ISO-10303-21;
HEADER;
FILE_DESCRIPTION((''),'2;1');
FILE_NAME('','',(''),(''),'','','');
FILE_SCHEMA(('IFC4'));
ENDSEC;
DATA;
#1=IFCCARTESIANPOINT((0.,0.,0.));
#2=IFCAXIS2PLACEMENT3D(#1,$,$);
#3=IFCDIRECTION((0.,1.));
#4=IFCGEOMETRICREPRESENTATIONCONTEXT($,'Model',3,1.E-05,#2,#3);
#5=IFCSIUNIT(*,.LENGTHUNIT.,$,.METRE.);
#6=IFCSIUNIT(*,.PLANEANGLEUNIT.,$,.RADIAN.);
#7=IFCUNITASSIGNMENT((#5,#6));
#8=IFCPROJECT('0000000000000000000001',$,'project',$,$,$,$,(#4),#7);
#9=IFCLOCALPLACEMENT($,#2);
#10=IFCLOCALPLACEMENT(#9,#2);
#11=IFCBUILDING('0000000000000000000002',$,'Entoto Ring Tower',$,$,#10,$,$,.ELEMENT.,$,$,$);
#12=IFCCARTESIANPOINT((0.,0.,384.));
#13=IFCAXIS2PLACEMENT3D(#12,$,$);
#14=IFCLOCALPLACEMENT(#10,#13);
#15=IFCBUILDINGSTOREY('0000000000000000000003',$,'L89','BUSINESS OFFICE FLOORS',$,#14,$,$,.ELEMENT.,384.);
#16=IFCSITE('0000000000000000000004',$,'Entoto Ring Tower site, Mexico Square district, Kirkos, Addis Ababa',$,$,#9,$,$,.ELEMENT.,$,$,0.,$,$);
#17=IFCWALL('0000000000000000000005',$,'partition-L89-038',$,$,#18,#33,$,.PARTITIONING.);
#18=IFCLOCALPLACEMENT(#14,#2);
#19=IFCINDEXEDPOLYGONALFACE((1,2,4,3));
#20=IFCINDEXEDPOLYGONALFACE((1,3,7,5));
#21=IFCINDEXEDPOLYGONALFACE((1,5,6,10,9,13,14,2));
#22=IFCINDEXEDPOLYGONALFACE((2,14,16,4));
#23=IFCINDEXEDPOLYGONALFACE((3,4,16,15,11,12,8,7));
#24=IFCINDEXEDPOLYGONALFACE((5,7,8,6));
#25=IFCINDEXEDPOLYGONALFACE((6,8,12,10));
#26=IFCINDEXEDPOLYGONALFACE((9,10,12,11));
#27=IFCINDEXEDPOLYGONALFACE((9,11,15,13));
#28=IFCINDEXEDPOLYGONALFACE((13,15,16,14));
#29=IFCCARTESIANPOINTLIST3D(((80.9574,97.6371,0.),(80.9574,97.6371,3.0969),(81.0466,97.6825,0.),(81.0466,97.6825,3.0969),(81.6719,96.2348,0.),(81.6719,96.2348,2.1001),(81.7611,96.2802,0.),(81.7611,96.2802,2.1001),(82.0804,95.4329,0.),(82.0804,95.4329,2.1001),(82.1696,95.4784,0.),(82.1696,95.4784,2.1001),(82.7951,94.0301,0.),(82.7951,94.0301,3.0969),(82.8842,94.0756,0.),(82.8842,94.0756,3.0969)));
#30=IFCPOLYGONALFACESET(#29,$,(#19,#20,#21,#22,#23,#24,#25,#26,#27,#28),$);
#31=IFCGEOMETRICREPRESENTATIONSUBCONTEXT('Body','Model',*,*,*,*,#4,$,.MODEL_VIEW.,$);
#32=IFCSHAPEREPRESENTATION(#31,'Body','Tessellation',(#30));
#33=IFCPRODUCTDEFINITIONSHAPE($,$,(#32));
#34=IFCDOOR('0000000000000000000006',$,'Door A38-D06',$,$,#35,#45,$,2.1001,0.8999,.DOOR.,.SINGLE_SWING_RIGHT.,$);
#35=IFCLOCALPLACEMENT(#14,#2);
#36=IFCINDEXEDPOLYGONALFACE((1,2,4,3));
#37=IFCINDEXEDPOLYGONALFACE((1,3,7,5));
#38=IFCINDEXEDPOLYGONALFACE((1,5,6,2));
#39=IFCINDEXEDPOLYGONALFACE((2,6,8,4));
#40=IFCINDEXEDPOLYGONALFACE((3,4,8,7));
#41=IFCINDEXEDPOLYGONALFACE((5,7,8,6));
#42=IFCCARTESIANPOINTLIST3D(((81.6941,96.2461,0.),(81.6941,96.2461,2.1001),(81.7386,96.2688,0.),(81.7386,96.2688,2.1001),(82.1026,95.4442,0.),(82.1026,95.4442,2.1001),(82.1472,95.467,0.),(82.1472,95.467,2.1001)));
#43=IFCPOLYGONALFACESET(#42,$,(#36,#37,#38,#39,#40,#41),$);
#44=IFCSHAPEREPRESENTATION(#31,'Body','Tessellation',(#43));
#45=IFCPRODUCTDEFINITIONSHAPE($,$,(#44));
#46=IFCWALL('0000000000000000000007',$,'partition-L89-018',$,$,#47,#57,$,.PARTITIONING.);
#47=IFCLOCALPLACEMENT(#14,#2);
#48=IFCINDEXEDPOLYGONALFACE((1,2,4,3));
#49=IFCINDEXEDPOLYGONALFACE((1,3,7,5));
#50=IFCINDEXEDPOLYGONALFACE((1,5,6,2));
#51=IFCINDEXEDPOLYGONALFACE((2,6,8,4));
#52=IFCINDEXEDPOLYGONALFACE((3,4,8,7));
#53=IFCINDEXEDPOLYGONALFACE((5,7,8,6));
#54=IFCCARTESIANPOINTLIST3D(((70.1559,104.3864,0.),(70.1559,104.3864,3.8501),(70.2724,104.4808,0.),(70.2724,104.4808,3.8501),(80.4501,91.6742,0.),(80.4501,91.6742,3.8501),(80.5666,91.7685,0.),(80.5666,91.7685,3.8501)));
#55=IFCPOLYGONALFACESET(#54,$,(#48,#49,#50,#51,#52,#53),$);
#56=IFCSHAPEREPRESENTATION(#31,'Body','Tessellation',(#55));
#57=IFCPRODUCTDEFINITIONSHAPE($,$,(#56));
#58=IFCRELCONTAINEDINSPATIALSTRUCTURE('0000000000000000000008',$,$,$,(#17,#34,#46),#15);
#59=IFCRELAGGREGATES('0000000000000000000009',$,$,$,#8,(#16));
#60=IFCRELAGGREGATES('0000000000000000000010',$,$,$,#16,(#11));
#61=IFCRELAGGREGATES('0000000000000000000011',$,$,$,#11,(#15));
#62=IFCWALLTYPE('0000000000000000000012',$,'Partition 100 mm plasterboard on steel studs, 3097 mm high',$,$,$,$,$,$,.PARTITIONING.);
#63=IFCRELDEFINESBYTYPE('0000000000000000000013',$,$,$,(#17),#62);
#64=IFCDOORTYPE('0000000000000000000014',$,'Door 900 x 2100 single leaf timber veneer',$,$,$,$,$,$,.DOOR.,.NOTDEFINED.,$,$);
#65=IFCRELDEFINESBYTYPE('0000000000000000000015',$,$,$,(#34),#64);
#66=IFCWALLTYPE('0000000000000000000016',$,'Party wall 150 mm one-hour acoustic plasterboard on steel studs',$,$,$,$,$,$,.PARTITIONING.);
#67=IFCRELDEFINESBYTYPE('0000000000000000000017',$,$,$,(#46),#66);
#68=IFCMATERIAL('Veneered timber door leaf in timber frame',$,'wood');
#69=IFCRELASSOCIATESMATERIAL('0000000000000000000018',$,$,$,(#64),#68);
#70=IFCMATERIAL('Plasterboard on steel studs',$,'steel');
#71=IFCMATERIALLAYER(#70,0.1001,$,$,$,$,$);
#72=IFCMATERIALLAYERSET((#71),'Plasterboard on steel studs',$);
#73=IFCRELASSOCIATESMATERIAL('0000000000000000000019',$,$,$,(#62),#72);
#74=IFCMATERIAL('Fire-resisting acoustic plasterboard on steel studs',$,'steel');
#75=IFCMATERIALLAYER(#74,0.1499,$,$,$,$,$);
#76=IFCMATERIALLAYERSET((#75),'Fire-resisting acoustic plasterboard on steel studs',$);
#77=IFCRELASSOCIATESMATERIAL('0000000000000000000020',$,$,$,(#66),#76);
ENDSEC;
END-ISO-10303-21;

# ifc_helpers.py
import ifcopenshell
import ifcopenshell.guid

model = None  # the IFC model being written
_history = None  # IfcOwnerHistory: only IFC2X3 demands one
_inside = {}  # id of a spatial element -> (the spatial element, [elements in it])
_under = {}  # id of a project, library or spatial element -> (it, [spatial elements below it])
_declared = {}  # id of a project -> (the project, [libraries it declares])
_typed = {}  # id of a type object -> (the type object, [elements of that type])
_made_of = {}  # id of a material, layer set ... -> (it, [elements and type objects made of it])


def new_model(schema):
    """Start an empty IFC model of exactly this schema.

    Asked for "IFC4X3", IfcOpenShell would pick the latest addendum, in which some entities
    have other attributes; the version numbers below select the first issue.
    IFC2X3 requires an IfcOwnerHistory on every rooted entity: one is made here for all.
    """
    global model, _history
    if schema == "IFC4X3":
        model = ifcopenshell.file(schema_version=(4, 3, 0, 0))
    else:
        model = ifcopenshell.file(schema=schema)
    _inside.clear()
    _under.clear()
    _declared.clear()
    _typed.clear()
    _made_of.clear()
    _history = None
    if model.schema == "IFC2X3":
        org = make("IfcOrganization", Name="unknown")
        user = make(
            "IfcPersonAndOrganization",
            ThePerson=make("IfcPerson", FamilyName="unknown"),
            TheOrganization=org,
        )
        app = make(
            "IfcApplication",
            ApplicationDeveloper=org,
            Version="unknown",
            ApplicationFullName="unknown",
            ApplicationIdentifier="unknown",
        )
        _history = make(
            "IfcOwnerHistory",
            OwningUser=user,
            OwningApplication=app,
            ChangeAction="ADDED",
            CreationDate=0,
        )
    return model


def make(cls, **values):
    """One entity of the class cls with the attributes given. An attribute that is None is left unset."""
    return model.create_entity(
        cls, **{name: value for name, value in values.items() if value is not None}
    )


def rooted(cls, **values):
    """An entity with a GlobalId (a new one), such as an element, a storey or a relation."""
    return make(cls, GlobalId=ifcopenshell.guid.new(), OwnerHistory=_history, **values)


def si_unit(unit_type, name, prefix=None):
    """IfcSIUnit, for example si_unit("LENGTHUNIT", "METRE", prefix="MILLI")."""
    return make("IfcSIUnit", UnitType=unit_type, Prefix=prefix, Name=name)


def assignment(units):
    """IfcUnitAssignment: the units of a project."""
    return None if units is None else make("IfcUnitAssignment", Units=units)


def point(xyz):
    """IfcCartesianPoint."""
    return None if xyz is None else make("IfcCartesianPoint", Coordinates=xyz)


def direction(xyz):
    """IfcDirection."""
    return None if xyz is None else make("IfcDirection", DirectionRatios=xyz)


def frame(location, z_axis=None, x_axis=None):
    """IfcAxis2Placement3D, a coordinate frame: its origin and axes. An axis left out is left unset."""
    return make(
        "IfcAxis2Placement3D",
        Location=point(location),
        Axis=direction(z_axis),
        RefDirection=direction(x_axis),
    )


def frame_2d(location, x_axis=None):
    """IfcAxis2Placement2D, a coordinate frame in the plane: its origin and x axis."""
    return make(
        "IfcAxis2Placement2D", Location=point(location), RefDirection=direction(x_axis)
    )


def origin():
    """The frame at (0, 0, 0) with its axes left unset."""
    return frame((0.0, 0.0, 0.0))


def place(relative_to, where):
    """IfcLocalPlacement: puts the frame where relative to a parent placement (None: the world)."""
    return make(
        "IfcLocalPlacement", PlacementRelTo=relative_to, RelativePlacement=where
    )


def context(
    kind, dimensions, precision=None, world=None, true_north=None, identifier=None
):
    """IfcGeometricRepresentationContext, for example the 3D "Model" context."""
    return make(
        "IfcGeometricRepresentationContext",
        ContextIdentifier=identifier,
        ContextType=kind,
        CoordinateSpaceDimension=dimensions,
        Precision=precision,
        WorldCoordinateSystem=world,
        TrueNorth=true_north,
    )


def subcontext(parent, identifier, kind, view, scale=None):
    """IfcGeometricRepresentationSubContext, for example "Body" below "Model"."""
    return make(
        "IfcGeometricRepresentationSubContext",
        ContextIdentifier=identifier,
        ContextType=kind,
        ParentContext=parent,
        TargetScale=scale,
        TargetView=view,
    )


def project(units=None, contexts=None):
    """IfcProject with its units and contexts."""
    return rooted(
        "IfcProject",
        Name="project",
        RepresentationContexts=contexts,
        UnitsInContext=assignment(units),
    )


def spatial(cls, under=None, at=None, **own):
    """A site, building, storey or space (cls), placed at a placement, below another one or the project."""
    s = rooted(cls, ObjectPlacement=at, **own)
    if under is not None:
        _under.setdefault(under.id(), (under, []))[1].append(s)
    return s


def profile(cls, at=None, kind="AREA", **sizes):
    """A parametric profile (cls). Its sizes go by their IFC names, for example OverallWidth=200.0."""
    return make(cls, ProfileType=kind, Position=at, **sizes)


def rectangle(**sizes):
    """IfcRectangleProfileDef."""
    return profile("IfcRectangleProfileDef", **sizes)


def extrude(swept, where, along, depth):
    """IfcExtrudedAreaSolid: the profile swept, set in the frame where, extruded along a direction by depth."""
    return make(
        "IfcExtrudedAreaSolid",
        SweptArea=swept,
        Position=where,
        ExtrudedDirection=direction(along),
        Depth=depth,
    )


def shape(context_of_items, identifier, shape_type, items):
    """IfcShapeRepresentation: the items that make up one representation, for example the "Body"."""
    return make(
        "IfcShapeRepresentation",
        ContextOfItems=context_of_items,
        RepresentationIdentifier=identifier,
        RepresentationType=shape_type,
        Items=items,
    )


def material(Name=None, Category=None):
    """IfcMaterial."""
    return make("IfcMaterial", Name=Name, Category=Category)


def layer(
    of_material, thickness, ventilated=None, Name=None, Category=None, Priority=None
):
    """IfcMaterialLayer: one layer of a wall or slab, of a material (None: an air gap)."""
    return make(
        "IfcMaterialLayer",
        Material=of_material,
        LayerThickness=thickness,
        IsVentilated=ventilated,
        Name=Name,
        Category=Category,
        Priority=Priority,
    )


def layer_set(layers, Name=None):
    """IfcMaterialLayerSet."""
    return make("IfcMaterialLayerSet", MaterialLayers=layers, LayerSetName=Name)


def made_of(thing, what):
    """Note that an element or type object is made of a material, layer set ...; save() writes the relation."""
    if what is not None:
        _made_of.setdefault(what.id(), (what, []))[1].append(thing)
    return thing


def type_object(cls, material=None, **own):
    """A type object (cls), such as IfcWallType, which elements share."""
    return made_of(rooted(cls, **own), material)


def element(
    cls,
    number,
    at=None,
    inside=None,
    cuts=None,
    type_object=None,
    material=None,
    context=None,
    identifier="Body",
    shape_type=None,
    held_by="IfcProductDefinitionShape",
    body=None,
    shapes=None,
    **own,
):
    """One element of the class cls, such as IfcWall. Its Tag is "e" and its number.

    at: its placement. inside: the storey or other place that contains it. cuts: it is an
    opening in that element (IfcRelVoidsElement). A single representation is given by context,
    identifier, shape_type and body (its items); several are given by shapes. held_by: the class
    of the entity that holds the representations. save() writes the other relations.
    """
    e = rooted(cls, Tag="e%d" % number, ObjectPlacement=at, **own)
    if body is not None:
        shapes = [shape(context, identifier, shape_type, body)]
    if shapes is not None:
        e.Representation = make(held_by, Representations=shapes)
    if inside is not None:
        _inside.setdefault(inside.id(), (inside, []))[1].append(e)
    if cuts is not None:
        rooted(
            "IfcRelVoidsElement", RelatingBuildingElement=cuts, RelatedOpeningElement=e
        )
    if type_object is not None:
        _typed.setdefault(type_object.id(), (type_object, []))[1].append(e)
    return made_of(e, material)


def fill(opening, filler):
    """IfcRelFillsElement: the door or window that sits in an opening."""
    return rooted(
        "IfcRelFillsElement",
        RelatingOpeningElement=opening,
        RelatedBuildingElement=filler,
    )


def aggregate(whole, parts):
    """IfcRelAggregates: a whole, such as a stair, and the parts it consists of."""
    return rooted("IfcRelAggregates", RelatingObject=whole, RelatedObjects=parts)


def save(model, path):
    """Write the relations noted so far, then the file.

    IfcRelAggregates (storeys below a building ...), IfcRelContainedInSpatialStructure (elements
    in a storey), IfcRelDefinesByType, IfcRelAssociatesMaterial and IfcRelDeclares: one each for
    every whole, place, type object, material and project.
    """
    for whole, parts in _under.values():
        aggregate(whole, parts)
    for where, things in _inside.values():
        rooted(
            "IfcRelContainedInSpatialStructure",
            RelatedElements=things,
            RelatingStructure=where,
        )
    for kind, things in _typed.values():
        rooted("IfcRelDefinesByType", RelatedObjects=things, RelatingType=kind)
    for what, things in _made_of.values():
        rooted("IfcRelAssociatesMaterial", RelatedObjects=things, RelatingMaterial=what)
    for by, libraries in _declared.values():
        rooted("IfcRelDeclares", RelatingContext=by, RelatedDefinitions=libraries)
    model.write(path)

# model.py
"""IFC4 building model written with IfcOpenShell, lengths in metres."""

from ifc_helpers import new_model, si_unit, direction, frame, frame_2d, origin, place, context, subcontext, project, spatial, rectangle, extrude, material, layer, layer_set, type_object, element, fill, save


model = new_model("IFC4")

# Units and contexts
model_context = context("Model", 3, precision=1e-05, world=origin(), true_north=direction((0.0, 1.0)))
body_context = subcontext(model_context, "Body", "Model", "MODEL_VIEW")
ifc_project = project(units=[si_unit("LENGTHUNIT", "METRE"), si_unit("PLANEANGLEUNIT", "RADIAN")], contexts=[model_context])

# Site, building, storey
site_placement = place(None, origin())
site = spatial("IfcSite", under=ifc_project, at=site_placement, Name="Entoto Ring Tower site, Mexico Square district, Kirkos, Addis Ababa", CompositionType="ELEMENT", RefElevation=0.0)
building_placement = place(site_placement, origin())
building = spatial("IfcBuilding", under=site, at=building_placement, Name="Entoto Ring Tower", CompositionType="ELEMENT")
storey_placement = place(building_placement, frame((0.0, 0.0, 384.0)))
storey = spatial("IfcBuildingStorey", under=building, at=storey_placement, Name="L89", Description="BUSINESS OFFICE FLOORS", CompositionType="ELEMENT", Elevation=384.0)

# Shared definitions
ifc_material_1 = material(Name="Veneered timber door leaf in timber frame", Category="wood")
door_type_1 = type_object("IfcDoorType", Name="Door 900 x 2100 single leaf timber veneer", OperationType="NOTDEFINED", PredefinedType="DOOR", material=ifc_material_1)

# Wall, opening, door
ifc_material_2 = material(Name="Plasterboard on steel studs", Category="steel")
ifc_layer_1 = layer(ifc_material_2, 0.1001)
ifc_layer_set_1 = layer_set([ifc_layer_1], Name="Plasterboard on steel studs")
wall_type_1 = type_object("IfcWallType", Name="Partition 100 mm plasterboard on steel studs, 3097 mm high", PredefinedType="PARTITIONING", material=ifc_layer_set_1)
wall_1_placement = place(storey_placement, frame((82.8396, 94.053, 0.0), z_axis=(0.0, 0.0, 1.0), x_axis=(-0.453956, 0.891024, 0.0)))
wall_1 = element("IfcWall", 1, at=wall_1_placement, inside=storey, type_object=wall_type_1, Name="partition-L89-038", PredefinedType="PARTITIONING", context=body_context, shape_type="SweptSolid", body=[
    extrude(rectangle(XDim=4.0481, YDim=0.1001, at=frame_2d((2.0239, 0.0))), origin(), (0.0, 0.0, 1.0), 3.0969),
])
opening_1_placement = place(wall_1_placement, frame((1.5742, 0.0, 0.0)))
opening_1 = element("IfcOpeningElement", 2, at=opening_1_placement, cuts=wall_1, PredefinedType="OPENING", context=body_context, shape_type="SweptSolid", body=[
    extrude(rectangle(XDim=0.8999, YDim=2.1001, at=frame_2d((0.45, 1.05))), frame((0.0, 0.0601, 0.0), z_axis=(0.0, -1.0, 0.0), x_axis=(1.0, 0.0, 0.0)), (0.0, 0.0, 1.0), 0.1201),
])
door_1_placement = place(opening_1_placement, frame((0.8999, 0.0, 0.0), z_axis=(0.0, 0.0, 1.0), x_axis=(-1.0, 0.0, 0.0)))
door_1 = element("IfcDoor", 3, at=door_1_placement, inside=storey, type_object=door_type_1, Name="Door A38-D06", OperationType="SINGLE_SWING_RIGHT", OverallHeight=2.1001, OverallWidth=0.8999, PredefinedType="DOOR", context=body_context, shape_type="SweptSolid", body=[
    extrude(rectangle(XDim=0.8999, YDim=2.1001, at=frame_2d((0.45, 1.05))), frame((0.0, 0.0249, 0.0), z_axis=(0.0, -1.0, 0.0), x_axis=(1.0, 0.0, 0.0)), (0.0, 0.0, 1.0), 0.05),
])
fill(opening_1, door_1)

# Wall
ifc_material_3 = material(Name="Fire-resisting acoustic plasterboard on steel studs", Category="steel")
ifc_layer_2 = layer(ifc_material_3, 0.1499)
ifc_layer_set_2 = layer_set([ifc_layer_2], Name="Fire-resisting acoustic plasterboard on steel studs")
wall_type_2 = type_object("IfcWallType", Name="Party wall 150 mm one-hour acoustic plasterboard on steel studs", PredefinedType="PARTITIONING", material=ifc_layer_set_2)
wall_2_placement = place(storey_placement, frame((80.5083, 91.7214, 0.0), z_axis=(0.0, 0.0, 1.0), x_axis=(-0.629324, 0.777143, 0.0)))
element("IfcWall", 4, at=wall_2_placement, inside=storey, type_object=wall_type_2, Name="partition-L89-018", PredefinedType="PARTITIONING", context=body_context, shape_type="SweptSolid", body=[
    extrude(rectangle(XDim=16.3577, YDim=0.1499, at=frame_2d((8.1787, 0.0))), origin(), (0.0, 0.0, 1.0), 3.8501),
])

save(model, "model.ifc")
